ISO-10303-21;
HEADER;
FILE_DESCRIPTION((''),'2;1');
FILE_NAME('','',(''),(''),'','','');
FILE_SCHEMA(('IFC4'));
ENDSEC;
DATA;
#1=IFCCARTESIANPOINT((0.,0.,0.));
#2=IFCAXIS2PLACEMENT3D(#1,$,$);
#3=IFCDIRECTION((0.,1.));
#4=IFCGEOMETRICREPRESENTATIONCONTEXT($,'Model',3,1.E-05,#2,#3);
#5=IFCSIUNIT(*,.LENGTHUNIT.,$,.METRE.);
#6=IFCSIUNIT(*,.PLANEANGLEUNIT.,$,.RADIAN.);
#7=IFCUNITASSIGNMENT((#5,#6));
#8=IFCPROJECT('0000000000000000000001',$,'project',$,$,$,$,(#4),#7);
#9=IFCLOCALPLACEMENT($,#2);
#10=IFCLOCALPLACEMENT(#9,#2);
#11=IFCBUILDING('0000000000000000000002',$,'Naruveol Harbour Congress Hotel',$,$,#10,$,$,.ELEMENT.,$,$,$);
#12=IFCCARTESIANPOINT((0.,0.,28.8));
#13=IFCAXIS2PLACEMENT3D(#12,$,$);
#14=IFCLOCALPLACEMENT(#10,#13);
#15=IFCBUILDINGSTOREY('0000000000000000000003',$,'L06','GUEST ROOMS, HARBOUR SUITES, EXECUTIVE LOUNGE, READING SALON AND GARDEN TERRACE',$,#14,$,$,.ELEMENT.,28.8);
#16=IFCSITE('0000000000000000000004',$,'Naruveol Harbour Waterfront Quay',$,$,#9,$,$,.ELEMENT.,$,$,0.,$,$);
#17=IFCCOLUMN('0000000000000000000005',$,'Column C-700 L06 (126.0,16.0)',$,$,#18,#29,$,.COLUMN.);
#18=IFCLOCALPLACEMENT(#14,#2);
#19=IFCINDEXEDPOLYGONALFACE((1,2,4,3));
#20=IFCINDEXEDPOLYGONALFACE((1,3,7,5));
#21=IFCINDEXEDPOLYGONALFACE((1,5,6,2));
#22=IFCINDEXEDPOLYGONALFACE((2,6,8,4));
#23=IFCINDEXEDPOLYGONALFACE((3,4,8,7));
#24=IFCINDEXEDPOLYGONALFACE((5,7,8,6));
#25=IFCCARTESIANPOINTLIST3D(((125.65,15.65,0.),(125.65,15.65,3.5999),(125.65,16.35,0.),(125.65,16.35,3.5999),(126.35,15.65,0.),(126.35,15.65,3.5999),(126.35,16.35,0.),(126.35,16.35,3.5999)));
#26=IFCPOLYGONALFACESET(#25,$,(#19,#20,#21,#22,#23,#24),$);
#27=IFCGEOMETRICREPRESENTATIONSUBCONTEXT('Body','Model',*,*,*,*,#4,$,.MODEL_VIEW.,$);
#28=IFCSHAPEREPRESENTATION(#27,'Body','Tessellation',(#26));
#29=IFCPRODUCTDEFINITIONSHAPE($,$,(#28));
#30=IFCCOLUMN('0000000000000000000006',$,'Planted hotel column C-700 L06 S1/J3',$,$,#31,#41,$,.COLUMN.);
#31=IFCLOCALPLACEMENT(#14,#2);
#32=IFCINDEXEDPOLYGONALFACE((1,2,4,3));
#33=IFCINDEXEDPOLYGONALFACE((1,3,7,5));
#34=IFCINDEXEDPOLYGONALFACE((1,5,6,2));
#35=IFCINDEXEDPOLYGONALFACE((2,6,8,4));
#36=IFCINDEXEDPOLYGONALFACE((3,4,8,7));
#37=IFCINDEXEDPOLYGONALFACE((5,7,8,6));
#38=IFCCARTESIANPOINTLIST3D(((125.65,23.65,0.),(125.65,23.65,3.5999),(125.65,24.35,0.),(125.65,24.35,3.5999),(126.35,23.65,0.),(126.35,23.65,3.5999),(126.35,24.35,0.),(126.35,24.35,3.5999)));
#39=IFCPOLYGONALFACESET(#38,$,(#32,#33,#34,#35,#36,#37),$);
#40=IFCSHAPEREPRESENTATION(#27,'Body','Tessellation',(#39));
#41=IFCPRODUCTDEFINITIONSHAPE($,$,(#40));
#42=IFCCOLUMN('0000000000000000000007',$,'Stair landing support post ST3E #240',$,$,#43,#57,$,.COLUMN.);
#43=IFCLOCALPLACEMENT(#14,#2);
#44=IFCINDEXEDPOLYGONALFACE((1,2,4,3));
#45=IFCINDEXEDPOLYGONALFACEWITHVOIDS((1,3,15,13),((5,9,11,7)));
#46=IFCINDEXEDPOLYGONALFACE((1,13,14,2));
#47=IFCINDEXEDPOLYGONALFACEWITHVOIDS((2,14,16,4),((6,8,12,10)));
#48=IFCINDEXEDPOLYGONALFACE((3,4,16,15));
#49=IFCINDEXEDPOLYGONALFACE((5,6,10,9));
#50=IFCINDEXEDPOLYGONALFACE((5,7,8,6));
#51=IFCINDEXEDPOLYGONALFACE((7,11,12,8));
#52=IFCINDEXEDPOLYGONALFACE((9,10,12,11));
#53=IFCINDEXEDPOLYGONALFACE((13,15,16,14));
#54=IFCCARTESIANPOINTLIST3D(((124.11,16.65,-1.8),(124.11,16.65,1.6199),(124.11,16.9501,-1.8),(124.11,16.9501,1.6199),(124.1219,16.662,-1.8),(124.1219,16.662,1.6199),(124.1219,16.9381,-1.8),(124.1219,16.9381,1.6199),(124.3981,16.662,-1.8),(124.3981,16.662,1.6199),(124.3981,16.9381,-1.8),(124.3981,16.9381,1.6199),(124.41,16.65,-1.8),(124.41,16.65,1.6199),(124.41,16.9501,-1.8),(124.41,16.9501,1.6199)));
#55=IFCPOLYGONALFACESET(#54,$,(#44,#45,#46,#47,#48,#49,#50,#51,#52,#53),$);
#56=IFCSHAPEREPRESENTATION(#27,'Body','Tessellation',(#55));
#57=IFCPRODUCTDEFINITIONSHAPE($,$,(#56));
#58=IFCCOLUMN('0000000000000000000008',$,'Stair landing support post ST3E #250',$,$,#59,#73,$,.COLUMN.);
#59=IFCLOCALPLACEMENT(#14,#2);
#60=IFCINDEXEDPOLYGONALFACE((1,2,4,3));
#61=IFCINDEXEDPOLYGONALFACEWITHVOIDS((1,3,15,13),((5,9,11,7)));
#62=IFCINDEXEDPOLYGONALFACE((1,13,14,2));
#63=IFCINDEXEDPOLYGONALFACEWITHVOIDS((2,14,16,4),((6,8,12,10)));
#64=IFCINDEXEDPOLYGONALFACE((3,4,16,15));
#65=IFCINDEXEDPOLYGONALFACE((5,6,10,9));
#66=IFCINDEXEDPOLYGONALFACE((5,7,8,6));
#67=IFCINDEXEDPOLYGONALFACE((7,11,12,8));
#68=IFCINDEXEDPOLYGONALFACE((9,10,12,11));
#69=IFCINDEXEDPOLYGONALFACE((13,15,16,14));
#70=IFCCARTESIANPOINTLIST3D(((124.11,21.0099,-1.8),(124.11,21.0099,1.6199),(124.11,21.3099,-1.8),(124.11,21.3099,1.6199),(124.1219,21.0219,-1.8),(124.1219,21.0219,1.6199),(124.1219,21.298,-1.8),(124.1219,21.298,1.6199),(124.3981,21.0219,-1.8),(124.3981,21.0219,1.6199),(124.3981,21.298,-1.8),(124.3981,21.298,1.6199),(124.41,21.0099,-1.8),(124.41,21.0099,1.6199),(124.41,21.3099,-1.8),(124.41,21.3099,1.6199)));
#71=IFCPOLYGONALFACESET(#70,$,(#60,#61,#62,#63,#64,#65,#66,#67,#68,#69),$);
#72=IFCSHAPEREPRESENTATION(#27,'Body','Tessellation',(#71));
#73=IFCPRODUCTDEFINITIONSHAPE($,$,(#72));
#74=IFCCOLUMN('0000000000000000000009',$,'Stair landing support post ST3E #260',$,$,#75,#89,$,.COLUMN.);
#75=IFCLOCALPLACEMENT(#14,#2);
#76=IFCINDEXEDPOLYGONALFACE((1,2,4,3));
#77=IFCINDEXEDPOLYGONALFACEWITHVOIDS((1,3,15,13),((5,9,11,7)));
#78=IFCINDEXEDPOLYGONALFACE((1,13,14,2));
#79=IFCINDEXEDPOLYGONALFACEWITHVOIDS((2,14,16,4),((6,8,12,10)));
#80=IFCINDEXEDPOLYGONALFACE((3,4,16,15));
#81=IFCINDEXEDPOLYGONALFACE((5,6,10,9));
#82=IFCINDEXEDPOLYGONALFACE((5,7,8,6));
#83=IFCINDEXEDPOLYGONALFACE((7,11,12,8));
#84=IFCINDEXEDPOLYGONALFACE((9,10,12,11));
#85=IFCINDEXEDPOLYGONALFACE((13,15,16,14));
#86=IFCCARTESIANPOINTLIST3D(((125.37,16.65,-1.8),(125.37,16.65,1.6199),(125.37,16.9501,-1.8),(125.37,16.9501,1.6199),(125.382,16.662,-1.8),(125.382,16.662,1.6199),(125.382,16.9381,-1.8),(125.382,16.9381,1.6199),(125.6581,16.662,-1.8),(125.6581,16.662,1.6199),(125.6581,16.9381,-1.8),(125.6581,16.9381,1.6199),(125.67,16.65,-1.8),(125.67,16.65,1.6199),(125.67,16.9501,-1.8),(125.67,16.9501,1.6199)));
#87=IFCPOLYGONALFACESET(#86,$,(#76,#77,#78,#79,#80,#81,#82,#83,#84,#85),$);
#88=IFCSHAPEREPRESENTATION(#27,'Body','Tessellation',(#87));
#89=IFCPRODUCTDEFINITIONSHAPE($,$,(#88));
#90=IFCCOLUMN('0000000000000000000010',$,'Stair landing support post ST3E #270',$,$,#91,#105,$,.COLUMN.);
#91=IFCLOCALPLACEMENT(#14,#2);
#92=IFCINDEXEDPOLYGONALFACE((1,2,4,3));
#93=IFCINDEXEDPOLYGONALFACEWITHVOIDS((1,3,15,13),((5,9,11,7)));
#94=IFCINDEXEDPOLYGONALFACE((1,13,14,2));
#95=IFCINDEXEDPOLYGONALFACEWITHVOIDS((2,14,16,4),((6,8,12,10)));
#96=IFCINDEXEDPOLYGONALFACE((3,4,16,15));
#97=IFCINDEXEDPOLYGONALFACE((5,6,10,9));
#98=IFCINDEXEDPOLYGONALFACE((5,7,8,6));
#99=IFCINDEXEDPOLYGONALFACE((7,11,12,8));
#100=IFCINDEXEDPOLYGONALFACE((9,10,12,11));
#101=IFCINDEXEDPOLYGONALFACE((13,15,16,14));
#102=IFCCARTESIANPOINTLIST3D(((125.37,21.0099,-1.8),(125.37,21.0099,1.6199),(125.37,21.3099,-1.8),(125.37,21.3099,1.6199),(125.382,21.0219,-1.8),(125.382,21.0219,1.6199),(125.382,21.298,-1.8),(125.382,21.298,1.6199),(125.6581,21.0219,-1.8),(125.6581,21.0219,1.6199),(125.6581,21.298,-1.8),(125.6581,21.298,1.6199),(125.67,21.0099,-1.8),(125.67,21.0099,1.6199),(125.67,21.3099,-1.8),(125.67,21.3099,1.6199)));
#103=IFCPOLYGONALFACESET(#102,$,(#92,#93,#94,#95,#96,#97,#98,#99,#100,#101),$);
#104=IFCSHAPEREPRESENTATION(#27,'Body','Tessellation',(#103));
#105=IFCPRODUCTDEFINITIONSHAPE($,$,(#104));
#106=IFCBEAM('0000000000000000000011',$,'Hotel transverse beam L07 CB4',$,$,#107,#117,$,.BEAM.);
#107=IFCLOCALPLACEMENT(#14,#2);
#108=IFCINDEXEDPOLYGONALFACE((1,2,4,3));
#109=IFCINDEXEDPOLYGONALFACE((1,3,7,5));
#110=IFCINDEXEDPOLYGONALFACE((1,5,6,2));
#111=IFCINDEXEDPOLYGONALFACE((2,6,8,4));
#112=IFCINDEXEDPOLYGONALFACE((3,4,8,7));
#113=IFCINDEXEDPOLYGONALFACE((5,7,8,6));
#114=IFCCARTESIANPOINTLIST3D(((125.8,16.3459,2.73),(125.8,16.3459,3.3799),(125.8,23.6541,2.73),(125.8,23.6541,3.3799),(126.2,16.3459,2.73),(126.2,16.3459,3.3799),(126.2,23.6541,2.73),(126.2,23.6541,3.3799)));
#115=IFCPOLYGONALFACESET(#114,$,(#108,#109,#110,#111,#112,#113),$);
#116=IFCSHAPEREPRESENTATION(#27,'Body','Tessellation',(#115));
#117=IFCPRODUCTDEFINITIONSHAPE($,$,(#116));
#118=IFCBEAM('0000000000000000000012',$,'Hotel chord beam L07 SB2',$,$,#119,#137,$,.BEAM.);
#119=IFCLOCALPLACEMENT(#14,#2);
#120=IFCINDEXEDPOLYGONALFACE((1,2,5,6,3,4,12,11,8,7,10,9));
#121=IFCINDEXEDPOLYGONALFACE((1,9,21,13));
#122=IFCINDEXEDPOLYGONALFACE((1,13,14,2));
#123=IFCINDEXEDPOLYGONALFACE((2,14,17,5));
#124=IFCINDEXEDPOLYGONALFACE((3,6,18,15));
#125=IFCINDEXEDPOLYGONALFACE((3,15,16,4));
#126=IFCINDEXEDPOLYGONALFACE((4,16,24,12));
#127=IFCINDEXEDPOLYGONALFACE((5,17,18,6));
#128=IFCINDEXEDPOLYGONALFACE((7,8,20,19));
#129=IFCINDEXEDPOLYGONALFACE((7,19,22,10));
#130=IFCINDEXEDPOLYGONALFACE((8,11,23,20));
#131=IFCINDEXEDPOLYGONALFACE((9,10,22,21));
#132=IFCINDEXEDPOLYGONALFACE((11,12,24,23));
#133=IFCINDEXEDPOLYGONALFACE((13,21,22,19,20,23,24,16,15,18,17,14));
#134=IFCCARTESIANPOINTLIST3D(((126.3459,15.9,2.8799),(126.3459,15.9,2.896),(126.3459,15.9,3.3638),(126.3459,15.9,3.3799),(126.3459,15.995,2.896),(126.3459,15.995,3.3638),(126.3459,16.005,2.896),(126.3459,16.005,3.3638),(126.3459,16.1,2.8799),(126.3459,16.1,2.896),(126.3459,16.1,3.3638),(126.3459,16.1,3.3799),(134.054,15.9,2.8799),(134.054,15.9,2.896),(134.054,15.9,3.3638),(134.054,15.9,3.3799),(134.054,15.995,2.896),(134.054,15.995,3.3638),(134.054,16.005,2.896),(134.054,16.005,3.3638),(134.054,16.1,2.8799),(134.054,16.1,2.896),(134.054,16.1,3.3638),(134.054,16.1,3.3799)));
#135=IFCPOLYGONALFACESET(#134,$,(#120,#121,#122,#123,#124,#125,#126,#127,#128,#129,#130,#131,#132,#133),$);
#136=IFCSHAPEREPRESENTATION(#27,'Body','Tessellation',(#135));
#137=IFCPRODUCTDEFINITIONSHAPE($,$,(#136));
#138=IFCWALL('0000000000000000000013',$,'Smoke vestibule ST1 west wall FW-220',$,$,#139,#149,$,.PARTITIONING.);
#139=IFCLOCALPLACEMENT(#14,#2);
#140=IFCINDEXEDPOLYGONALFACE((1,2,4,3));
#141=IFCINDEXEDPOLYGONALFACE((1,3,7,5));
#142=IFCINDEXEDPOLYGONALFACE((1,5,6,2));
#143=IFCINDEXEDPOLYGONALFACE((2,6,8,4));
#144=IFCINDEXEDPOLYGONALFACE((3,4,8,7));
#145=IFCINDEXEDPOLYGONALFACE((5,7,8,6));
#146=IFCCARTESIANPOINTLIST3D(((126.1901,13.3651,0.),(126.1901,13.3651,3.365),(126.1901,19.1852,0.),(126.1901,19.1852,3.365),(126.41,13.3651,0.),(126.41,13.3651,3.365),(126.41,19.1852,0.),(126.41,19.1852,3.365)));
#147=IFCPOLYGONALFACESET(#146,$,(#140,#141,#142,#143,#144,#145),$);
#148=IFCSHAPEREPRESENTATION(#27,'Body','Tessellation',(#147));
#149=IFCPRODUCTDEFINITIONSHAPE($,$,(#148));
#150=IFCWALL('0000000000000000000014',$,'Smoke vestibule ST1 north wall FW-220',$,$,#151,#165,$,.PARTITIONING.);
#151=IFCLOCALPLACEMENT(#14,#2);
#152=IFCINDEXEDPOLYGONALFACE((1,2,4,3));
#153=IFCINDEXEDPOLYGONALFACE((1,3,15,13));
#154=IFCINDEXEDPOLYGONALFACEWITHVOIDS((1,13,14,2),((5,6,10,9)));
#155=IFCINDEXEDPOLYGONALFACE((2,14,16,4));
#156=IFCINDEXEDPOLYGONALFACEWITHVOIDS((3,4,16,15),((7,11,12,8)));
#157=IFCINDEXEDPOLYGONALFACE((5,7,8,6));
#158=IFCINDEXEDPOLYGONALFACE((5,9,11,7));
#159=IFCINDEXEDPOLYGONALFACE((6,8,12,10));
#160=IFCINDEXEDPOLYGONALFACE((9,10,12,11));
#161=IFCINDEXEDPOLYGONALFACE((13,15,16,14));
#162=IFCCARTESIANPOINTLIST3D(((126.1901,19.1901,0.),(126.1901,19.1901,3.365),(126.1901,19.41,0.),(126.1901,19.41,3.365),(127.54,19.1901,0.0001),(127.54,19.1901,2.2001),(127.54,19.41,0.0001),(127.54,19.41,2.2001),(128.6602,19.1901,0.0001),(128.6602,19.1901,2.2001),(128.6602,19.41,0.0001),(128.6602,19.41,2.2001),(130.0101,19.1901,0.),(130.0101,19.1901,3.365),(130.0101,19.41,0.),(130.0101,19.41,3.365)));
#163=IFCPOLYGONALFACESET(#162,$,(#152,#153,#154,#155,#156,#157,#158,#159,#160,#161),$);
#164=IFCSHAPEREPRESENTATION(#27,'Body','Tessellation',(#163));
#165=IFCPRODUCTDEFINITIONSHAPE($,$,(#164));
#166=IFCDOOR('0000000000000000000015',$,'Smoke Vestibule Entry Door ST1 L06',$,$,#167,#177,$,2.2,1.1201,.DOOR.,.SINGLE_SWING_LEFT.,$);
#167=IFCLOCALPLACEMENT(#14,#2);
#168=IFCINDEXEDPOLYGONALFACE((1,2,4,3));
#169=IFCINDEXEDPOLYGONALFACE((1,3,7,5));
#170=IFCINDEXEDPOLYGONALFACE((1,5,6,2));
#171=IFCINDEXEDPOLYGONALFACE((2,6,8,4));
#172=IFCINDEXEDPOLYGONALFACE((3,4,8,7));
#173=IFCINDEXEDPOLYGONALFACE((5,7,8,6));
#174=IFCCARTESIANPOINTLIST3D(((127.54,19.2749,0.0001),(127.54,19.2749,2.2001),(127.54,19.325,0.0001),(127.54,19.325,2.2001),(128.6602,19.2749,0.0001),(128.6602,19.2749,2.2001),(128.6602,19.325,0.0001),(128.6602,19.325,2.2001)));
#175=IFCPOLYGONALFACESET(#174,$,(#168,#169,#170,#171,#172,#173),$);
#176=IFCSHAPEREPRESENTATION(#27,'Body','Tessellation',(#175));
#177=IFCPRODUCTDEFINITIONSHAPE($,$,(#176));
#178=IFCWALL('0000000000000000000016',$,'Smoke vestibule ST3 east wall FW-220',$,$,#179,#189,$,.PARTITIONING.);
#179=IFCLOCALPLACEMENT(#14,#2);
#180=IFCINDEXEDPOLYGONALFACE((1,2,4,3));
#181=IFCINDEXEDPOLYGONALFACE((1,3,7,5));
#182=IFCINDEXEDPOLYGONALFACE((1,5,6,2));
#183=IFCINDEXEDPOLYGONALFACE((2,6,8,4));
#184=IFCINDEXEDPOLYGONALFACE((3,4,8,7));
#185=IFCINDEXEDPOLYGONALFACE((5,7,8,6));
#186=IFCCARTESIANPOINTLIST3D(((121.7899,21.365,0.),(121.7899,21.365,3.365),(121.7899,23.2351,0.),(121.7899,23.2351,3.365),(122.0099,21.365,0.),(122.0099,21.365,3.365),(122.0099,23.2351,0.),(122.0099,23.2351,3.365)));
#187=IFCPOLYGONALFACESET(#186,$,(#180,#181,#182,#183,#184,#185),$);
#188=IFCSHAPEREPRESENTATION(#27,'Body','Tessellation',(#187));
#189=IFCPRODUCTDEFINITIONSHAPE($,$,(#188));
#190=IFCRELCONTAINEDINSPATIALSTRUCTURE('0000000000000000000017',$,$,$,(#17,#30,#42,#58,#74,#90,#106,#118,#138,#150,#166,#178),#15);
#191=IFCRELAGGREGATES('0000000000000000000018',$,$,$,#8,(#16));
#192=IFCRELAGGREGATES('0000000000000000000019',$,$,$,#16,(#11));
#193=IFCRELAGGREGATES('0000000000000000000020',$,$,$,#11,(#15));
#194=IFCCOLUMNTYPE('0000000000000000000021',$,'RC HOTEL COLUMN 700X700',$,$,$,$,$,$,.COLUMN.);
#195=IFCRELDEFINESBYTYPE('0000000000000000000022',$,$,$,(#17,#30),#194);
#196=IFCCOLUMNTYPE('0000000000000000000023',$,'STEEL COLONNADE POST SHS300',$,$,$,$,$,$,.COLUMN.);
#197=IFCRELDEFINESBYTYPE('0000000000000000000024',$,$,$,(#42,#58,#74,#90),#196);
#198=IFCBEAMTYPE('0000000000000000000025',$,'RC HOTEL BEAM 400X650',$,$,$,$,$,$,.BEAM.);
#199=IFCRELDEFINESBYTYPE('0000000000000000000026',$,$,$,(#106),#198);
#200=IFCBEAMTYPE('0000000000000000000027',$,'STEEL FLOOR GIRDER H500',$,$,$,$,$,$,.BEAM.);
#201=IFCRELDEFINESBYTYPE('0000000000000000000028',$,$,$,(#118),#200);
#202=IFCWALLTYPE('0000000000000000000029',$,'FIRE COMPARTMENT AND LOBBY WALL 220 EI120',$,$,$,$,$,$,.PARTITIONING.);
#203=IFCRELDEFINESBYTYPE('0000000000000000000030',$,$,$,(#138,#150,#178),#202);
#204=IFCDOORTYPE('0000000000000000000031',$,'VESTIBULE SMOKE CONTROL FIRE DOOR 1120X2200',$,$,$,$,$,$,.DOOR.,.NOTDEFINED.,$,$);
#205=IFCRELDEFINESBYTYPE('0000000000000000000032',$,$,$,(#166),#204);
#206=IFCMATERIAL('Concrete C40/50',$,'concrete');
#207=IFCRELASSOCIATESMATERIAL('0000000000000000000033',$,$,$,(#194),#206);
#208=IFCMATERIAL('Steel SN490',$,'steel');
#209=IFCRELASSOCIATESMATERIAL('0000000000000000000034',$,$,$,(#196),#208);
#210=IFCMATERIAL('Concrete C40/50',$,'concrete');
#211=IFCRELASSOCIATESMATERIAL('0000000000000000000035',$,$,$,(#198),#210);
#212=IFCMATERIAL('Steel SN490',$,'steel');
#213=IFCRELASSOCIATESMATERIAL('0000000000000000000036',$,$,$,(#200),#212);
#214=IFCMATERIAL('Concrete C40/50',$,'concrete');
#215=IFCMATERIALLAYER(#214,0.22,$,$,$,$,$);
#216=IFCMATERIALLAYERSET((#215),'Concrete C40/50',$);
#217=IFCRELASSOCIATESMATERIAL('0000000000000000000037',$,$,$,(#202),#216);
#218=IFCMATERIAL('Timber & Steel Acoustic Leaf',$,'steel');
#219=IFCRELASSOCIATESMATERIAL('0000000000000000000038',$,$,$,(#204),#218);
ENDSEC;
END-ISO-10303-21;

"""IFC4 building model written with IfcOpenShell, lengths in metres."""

from ifc_helpers import new_model, si_unit, direction, frame, frame_2d, origin, origin_2d, place, context, subcontext, project, spatial, rectangle, hollow_rectangle, i_section, extrude, material, layer, layer_set, material_profile, profile_set, type_object, element, fill, save


model = new_model("IFC4")

# Units and contexts
model_context = context("Model", 3, precision=1e-05, world=origin(), true_north=direction((0.0, 1.0)))
body_context = subcontext(model_context, "Body", "Model", "MODEL_VIEW")
ifc_project = project(units=[si_unit("LENGTHUNIT", "METRE"), si_unit("PLANEANGLEUNIT", "RADIAN")], contexts=[model_context])

# Site, building, storey
site_placement = place(None, origin())
site = spatial("IfcSite", under=ifc_project, at=site_placement, Name="Naruveol Harbour Waterfront Quay", CompositionType="ELEMENT", RefElevation=0.0)
building_placement = place(site_placement, origin())
building = spatial("IfcBuilding", under=site, at=building_placement, Name="Naruveol Harbour Congress Hotel", CompositionType="ELEMENT")
storey_placement = place(building_placement, frame((0.0, 0.0, 28.8)))
storey = spatial("IfcBuildingStorey", under=building, at=storey_placement, Name="L06", Description="GUEST ROOMS, HARBOUR SUITES, EXECUTIVE LOUNGE, READING SALON AND GARDEN TERRACE", CompositionType="ELEMENT", Elevation=28.8)

# Columns
ifc_material_1 = material(Name="Concrete C40/50", Category="concrete")
ifc_material_profile_1 = material_profile(ifc_material_1, rectangle(XDim=0.7, YDim=0.7, at=origin_2d()), Name="RC-700x700")
ifc_profile_set_1 = profile_set([ifc_material_profile_1], Name="Concrete C40/50")
column_type_1 = type_object("IfcColumnType", Name="RC HOTEL COLUMN 700X700", PredefinedType="COLUMN", material=ifc_profile_set_1)
for number, where, z_axis, x_axis, name in (
    (1, (126.0, 16.0, 0.0), (0.0, 0.0, 1.0), (1.0, 0.0, 0.0), "Column C-700 L06 (126.0,16.0)"),
    (2, (126.0, 24.0, 0.0), (0.0, 0.0, 1.0), (1.0, 0.0, 0.0), "Planted hotel column C-700 L06 S1/J3"),
):
    element("IfcColumn", number, at=place(storey_placement, frame(where, z_axis=z_axis, x_axis=x_axis)), inside=storey, type_object=column_type_1, Name=name, PredefinedType="COLUMN", context=body_context, shape_type="SweptSolid", body=[
        extrude(rectangle(XDim=0.7, YDim=0.7, at=origin_2d()), origin(), (0.0, 0.0, 1.0), 3.5999),
    ])
ifc_material_2 = material(Name="Steel SN490", Category="steel")
ifc_material_profile_2 = material_profile(ifc_material_2, hollow_rectangle(XDim=0.3, YDim=0.3, WallThickness=0.012, at=origin_2d()), Name="SHS-300x300x12")
ifc_profile_set_2 = profile_set([ifc_material_profile_2], Name="Steel SN490")
column_type_2 = type_object("IfcColumnType", Name="STEEL COLONNADE POST SHS300", PredefinedType="COLUMN", material=ifc_profile_set_2)
for number, where, z_axis, x_axis, name in (
    (3, (124.26, 16.8, -1.8), (0.0, 0.0, 1.0), (1.0, 0.0, 0.0), "Stair landing support post ST3E #240"),
    (4, (124.26, 21.1599, -1.8), (0.0, 0.0, 1.0), (1.0, 0.0, 0.0), "Stair landing support post ST3E #250"),
    (5, (125.52, 16.8, -1.8), (0.0, 0.0, 1.0), (1.0, 0.0, 0.0), "Stair landing support post ST3E #260"),
    (6, (125.52, 21.1599, -1.8), (0.0, 0.0, 1.0), (1.0, 0.0, 0.0), "Stair landing support post ST3E #270"),
):
    element("IfcColumn", number, at=place(storey_placement, frame(where, z_axis=z_axis, x_axis=x_axis)), inside=storey, type_object=column_type_2, Name=name, PredefinedType="COLUMN", context=body_context, shape_type="SweptSolid", body=[
        extrude(hollow_rectangle(XDim=0.3, YDim=0.3, WallThickness=0.012, at=origin_2d()), origin(), (0.0, 0.0, 1.0), 3.4199),
    ])

# Beams
ifc_material_3 = material(Name="Concrete C40/50", Category="concrete")
ifc_material_profile_3 = material_profile(ifc_material_3, rectangle(XDim=0.3999, YDim=0.6499, at=origin_2d()), Name="RCB-400x650")
ifc_profile_set_3 = profile_set([ifc_material_profile_3], Name="Concrete C40/50")
beam_type_1 = type_object("IfcBeamType", Name="RC HOTEL BEAM 400X650", PredefinedType="BEAM", material=ifc_profile_set_3)
beam_1_placement = place(storey_placement, frame((126.0, 16.3459, 3.0549), z_axis=(0.0, 1.0, 0.0), x_axis=(-1.0, 0.0, 0.0)))
element("IfcBeam", 7, at=beam_1_placement, inside=storey, type_object=beam_type_1, Name="Hotel transverse beam L07 CB4", PredefinedType="BEAM", context=body_context, shape_type="SweptSolid", body=[
    extrude(rectangle(XDim=0.3999, YDim=0.6499, at=origin_2d()), origin(), (0.0, 0.0, 1.0), 7.3081),
])
ifc_material_4 = material(Name="Steel SN490", Category="steel")
ifc_material_profile_4 = material_profile(ifc_material_4, i_section(OverallWidth=0.2, OverallDepth=0.5, WebThickness=0.01, FlangeThickness=0.0161, at=origin_2d()), Name="H-500x200x10x16")
ifc_profile_set_4 = profile_set([ifc_material_profile_4], Name="Steel SN490")
beam_type_2 = type_object("IfcBeamType", Name="STEEL FLOOR GIRDER H500", PredefinedType="BEAM", material=ifc_profile_set_4)
beam_2_placement = place(storey_placement, frame((126.3459, 16.0, 3.1299), z_axis=(1.0, 0.0, 0.0), x_axis=(0.0, 1.0, 0.0)))
element("IfcBeam", 8, at=beam_2_placement, inside=storey, type_object=beam_type_2, Name="Hotel chord beam L07 SB2", PredefinedType="BEAM", context=body_context, shape_type="SweptSolid", body=[
    extrude(i_section(OverallWidth=0.2, OverallDepth=0.5, WebThickness=0.01, FlangeThickness=0.0161, at=origin_2d()), origin(), (0.0, 0.0, 1.0), 7.708),
])

# Wall
ifc_material_5 = material(Name="Concrete C40/50", Category="concrete")
ifc_layer_1 = layer(ifc_material_5, 0.22)
ifc_layer_set_1 = layer_set([ifc_layer_1], Name="Concrete C40/50")
wall_type_1 = type_object("IfcWallType", Name="FIRE COMPARTMENT AND LOBBY WALL 220 EI120", PredefinedType="PARTITIONING", material=ifc_layer_set_1)
wall_1_placement = place(storey_placement, frame((126.3, 13.365, 0.0), z_axis=(0.0, 0.0, 1.0), x_axis=(0.0, 1.0, 0.0)))
element("IfcWall", 9, at=wall_1_placement, inside=storey, type_object=wall_type_1, Name="Smoke vestibule ST1 west wall FW-220", PredefinedType="PARTITIONING", context=body_context, shape_type="SweptSolid", body=[
    extrude(rectangle(XDim=5.8201, YDim=0.22, at=frame_2d((2.9102, 0.0))), origin(), (0.0, 0.0, 1.0), 3.365),
])

# Wall, opening, door
wall_2_placement = place(storey_placement, frame((126.1899, 19.3, 0.0), z_axis=(0.0, 0.0, 1.0), x_axis=(1.0, 0.0, 0.0)))
wall_2 = element("IfcWall", 10, at=wall_2_placement, inside=storey, type_object=wall_type_1, Name="Smoke vestibule ST1 north wall FW-220", PredefinedType="PARTITIONING", context=body_context, shape_type="SweptSolid", body=[
    extrude(rectangle(XDim=3.8201, YDim=0.22, at=frame_2d((1.9102, 0.0))), origin(), (0.0, 0.0, 1.0), 3.365),
])
opening_placement = place(wall_2_placement, frame((1.3501, 0.0, 0.0)))
opening = element("IfcOpeningElement", 11, at=opening_placement, cuts=wall_2, PredefinedType="OPENING", context=body_context, shape_type="SweptSolid", body=[
    extrude(rectangle(XDim=1.1201, YDim=2.2, at=frame_2d((0.5601, 1.1001))), frame((0.0, 0.1199, 0.0), z_axis=(0.0, -1.0, 0.0), x_axis=(1.0, 0.0, 0.0)), (0.0, 0.0, 1.0), 0.24),
])
ifc_material_6 = material(Name="Timber & Steel Acoustic Leaf", Category="steel")
door_type = type_object("IfcDoorType", Name="VESTIBULE SMOKE CONTROL FIRE DOOR 1120X2200", OperationType="NOTDEFINED", PredefinedType="DOOR", material=ifc_material_6)
door_placement = place(opening_placement, origin())
door = element("IfcDoor", 12, at=door_placement, inside=storey, type_object=door_type, Name="Smoke Vestibule Entry Door ST1 L06", OperationType="SINGLE_SWING_LEFT", OverallHeight=2.2, OverallWidth=1.1201, PredefinedType="DOOR", context=body_context, shape_type="SweptSolid", body=[
    extrude(rectangle(XDim=1.1201, YDim=2.2, at=frame_2d((0.5601, 1.1001))), frame((0.0, 0.0249, 0.0), z_axis=(0.0, -1.0, 0.0), x_axis=(1.0, 0.0, 0.0)), (0.0, 0.0, 1.0), 0.05),
])
fill(opening, door)

# Wall
wall_3_placement = place(storey_placement, frame((121.8999, 21.365, 0.0), z_axis=(0.0, 0.0, 1.0), x_axis=(0.0, 1.0, 0.0)))
element("IfcWall", 13, at=wall_3_placement, inside=storey, type_object=wall_type_1, Name="Smoke vestibule ST3 east wall FW-220", PredefinedType="PARTITIONING", context=body_context, shape_type="SweptSolid", body=[
    extrude(rectangle(XDim=1.8701, YDim=0.22, at=frame_2d((0.9351, 0.0))), origin(), (0.0, 0.0, 1.0), 3.365),
])

save(model, "model.ifc")
